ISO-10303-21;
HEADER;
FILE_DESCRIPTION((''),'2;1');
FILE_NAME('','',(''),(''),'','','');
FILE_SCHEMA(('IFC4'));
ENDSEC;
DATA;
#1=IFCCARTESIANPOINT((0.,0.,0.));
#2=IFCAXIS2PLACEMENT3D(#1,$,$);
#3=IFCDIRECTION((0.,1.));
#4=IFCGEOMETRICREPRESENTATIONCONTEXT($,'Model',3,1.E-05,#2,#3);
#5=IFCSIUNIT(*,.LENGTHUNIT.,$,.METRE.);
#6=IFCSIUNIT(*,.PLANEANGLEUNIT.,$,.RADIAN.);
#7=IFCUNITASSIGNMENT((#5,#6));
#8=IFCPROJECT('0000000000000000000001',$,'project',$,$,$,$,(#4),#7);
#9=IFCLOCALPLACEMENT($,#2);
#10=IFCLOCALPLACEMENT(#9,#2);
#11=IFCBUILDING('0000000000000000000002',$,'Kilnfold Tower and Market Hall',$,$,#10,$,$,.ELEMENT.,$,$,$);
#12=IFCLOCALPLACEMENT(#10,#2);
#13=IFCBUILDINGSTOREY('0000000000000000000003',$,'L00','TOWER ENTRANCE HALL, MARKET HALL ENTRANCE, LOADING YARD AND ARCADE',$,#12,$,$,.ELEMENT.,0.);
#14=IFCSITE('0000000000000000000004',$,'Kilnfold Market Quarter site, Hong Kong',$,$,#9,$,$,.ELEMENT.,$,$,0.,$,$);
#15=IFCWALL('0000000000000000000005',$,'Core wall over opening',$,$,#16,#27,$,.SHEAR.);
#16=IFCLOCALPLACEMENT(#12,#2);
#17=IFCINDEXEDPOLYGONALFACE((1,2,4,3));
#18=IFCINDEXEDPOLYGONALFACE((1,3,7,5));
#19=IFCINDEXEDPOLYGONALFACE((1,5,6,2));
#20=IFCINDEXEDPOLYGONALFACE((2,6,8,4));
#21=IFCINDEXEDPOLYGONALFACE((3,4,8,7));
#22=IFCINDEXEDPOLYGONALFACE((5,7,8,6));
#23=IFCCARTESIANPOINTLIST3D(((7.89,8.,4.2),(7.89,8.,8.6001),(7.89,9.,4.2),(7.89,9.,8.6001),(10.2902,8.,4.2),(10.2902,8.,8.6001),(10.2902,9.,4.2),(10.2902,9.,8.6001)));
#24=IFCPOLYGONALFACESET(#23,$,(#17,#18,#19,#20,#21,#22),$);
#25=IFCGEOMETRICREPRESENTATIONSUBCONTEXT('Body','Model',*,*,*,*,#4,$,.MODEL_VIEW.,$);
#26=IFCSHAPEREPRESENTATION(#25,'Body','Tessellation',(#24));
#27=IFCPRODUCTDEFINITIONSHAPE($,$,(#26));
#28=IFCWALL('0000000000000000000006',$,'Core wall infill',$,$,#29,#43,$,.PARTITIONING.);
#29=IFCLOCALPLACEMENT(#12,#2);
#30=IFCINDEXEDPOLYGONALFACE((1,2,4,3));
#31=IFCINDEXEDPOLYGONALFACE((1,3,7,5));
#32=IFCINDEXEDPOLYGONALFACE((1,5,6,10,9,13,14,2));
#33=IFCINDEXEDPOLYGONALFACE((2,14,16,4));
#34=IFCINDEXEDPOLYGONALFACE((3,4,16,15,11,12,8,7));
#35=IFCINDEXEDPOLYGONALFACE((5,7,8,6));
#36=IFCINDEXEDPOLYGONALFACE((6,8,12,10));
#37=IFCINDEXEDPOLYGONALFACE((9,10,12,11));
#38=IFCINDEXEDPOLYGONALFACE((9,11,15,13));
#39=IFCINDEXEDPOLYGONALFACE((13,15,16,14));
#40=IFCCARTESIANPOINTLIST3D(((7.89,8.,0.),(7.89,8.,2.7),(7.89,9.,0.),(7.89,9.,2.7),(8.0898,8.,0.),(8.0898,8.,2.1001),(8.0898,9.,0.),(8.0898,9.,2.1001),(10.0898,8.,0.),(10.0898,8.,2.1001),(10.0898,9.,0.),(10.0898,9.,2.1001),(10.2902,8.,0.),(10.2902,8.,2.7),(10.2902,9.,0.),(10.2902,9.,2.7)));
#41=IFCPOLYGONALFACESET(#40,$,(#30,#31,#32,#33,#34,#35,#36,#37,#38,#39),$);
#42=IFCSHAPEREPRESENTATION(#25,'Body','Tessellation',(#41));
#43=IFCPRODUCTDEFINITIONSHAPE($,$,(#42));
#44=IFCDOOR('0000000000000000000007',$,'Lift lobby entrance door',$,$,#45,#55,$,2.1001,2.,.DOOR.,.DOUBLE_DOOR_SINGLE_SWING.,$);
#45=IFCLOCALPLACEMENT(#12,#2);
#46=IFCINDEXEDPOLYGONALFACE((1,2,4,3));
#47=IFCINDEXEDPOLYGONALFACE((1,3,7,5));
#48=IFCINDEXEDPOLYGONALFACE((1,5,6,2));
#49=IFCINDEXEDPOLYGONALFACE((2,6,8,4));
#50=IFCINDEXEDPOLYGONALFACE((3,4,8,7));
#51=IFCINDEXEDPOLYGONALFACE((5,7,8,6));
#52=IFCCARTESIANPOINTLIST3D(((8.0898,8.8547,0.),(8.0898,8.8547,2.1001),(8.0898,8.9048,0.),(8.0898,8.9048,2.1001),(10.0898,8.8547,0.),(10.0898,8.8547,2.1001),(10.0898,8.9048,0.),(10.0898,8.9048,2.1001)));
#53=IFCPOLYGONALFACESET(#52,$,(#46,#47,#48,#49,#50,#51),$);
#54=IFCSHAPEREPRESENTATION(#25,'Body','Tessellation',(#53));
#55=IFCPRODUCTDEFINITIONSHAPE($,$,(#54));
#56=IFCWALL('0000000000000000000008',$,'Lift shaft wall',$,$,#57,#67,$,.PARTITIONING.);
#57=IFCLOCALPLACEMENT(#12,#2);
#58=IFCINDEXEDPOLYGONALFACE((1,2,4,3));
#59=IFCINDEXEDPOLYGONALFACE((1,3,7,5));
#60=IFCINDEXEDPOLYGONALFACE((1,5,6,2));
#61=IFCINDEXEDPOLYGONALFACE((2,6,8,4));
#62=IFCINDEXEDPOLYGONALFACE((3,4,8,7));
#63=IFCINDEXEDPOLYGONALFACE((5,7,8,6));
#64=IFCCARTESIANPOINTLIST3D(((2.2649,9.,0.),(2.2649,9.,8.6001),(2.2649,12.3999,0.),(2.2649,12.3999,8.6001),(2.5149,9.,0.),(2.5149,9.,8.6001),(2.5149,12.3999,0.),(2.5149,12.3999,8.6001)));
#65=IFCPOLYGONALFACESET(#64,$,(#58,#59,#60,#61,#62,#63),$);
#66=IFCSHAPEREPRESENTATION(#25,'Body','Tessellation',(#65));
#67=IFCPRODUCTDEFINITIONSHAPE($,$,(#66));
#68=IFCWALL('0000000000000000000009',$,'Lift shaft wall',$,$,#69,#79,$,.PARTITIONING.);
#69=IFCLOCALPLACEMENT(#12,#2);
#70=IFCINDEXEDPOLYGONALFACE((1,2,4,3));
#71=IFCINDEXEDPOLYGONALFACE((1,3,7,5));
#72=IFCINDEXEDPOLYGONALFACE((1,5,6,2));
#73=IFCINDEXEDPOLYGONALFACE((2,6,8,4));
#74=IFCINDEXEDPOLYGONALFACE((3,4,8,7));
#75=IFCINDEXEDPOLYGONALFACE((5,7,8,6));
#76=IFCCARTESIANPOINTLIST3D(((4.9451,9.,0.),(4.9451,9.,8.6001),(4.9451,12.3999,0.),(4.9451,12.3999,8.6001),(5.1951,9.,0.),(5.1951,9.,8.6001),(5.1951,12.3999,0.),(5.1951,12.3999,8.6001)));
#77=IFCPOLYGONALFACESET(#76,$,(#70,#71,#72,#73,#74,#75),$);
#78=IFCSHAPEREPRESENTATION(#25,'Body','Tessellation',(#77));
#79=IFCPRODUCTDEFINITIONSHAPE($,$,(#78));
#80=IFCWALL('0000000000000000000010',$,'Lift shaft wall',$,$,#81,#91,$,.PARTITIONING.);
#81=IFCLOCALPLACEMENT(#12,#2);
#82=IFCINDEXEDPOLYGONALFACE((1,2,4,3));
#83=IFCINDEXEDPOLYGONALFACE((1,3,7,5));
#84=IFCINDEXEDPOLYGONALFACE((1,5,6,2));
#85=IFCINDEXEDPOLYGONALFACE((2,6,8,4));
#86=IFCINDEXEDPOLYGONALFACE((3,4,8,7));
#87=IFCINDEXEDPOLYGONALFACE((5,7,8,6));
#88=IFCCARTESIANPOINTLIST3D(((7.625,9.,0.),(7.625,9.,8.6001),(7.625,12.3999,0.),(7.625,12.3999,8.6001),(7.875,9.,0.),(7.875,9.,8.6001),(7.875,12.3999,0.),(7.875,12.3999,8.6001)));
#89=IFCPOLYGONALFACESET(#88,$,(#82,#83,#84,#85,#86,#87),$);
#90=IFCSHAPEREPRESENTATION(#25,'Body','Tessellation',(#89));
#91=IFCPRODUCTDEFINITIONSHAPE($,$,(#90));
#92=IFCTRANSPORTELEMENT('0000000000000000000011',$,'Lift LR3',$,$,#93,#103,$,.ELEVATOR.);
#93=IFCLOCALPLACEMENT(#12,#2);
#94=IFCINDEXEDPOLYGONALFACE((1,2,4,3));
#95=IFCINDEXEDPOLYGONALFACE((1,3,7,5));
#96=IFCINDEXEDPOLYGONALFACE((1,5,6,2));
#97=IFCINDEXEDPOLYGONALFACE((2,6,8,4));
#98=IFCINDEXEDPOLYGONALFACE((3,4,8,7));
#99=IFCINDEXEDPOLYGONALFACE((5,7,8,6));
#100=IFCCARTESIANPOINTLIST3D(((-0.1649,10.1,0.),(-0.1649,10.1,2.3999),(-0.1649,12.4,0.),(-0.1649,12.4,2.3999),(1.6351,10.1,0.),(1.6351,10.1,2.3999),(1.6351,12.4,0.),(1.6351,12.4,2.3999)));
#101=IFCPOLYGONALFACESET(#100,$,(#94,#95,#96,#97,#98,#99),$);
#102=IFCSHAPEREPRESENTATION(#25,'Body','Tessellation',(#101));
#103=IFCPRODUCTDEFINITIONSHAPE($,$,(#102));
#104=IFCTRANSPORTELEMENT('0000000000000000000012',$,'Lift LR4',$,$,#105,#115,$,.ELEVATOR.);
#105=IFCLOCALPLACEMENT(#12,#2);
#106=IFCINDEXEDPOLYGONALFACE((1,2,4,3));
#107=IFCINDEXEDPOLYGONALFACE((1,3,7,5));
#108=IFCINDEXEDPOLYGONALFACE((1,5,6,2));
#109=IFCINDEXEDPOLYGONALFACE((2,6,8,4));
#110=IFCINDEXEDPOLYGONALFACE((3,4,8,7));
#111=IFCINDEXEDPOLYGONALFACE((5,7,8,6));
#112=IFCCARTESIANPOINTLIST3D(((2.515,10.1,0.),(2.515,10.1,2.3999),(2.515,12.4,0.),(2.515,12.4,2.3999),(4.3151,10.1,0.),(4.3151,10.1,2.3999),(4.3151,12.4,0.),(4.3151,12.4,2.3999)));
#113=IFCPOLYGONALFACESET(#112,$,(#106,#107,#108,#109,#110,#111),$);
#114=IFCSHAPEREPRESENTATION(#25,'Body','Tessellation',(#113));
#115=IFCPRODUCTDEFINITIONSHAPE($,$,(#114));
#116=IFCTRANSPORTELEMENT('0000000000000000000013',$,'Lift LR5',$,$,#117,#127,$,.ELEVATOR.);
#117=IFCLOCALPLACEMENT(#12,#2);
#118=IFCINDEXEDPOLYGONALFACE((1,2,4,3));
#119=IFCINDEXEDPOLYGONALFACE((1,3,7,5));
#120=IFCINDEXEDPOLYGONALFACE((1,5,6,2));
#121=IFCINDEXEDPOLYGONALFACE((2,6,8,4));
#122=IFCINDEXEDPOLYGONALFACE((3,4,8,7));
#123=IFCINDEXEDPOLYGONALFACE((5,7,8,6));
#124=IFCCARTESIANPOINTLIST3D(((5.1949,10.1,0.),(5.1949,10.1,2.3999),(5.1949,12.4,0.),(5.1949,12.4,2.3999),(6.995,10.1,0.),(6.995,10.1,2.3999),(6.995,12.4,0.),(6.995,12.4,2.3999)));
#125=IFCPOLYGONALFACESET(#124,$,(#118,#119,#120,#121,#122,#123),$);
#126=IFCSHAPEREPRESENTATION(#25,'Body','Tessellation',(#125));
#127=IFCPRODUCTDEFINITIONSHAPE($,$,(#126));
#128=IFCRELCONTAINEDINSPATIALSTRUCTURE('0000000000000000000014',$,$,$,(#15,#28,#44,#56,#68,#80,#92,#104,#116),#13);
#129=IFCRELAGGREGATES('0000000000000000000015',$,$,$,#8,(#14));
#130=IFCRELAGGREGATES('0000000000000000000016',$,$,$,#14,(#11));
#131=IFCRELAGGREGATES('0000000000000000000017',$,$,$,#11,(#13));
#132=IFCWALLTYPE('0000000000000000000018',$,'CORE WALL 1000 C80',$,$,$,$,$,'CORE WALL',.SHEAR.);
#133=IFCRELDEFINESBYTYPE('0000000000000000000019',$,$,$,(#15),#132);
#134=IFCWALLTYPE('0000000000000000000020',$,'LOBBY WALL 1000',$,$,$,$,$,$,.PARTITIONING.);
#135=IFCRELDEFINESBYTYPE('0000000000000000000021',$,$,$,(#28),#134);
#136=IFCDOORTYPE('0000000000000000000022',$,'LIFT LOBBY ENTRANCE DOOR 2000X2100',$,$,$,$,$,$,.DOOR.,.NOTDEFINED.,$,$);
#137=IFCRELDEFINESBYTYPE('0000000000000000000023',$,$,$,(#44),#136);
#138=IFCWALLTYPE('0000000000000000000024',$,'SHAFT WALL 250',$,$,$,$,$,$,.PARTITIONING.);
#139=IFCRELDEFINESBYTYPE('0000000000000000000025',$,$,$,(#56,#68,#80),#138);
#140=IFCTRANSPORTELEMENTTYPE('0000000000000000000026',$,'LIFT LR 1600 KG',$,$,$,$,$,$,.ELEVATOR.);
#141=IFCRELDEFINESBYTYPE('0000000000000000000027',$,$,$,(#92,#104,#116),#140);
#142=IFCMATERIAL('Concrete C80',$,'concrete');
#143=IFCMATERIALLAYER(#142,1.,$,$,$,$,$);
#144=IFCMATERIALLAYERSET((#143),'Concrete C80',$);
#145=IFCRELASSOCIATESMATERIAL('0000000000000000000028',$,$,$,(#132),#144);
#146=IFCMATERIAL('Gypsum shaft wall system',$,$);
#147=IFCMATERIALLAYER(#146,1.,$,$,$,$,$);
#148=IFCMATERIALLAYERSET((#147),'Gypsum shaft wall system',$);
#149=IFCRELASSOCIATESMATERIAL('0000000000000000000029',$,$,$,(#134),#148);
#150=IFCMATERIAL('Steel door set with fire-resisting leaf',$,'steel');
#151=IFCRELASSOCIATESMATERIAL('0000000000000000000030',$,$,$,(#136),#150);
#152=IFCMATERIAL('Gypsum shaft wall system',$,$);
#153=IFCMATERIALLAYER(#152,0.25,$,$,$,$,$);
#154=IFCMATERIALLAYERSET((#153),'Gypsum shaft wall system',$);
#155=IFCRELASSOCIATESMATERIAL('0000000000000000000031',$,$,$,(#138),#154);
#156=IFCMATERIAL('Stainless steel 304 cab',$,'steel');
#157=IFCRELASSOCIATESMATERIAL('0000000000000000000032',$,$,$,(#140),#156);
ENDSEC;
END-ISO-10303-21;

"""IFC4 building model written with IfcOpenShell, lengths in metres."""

from ifc_helpers import new_model, si_unit, direction, frame, frame_2d, origin, origin_2d, place, context, subcontext, project, spatial, rectangle, extrude, source, transform, mapped, material, layer, layer_set, type_object, element, fill, save


model = new_model("IFC4")

# Units and contexts
model_context = context("Model", 3, precision=1e-05, world=origin(), true_north=direction((0.0, 1.0)))
body_context = subcontext(model_context, "Body", "Model", "MODEL_VIEW")
ifc_project = project(units=[si_unit("LENGTHUNIT", "METRE"), si_unit("PLANEANGLEUNIT", "RADIAN")], contexts=[model_context])

# Site, building, storey
site_placement = place(None, origin())
site = spatial("IfcSite", under=ifc_project, at=site_placement, Name="Kilnfold Market Quarter site, Hong Kong", CompositionType="ELEMENT", RefElevation=0.0)
building_placement = place(site_placement, origin())
building = spatial("IfcBuilding", under=site, at=building_placement, Name="Kilnfold Tower and Market Hall", CompositionType="ELEMENT")
storey_placement = place(building_placement, origin())
storey = spatial("IfcBuildingStorey", under=building, at=storey_placement, Name="L00", Description="TOWER ENTRANCE HALL, MARKET HALL ENTRANCE, LOADING YARD AND ARCADE", CompositionType="ELEMENT", Elevation=0.0)

# Wall
ifc_material_1 = material(Name="Concrete C80", Category="concrete")
ifc_layer_1 = layer(ifc_material_1, 1.0)
ifc_layer_set_1 = layer_set([ifc_layer_1], Name="Concrete C80")
wall_type_1 = type_object("IfcWallType", Name="CORE WALL 1000 C80", ElementType="CORE WALL", PredefinedType="SHEAR", material=ifc_layer_set_1)
shared_shape_1 = source(origin(), body_context, "Body", "SweptSolid", [
    extrude(rectangle(XDim=2.4001, YDim=1.0, at=frame_2d((1.2002, 0.0))), origin(), (0.0, 0.0, 1.0), 4.4001),
])
wall_1_placement = place(storey_placement, frame((7.8899, 8.5, 4.2), z_axis=(0.0, 0.0, 1.0), x_axis=(1.0, 0.0, 0.0)))
element("IfcWall", 1, at=wall_1_placement, inside=storey, type_object=wall_type_1, Name="Core wall over opening", PredefinedType="SHEAR", context=body_context, shape_type="MappedRepresentation", body=[
    mapped(shared_shape_1, transform((0.0, 0.0, 0.0))),
])

# Wall, opening, door
ifc_material_2 = material(Name="Gypsum shaft wall system")
ifc_layer_2 = layer(ifc_material_2, 1.0)
ifc_layer_set_2 = layer_set([ifc_layer_2], Name="Gypsum shaft wall system")
wall_type_2 = type_object("IfcWallType", Name="LOBBY WALL 1000", PredefinedType="PARTITIONING", material=ifc_layer_set_2)
shared_shape_2 = source(origin(), body_context, "Body", "SweptSolid", [
    extrude(rectangle(XDim=2.4001, YDim=1.0, at=frame_2d((1.2002, 0.0))), origin(), (0.0, 0.0, 1.0), 2.7),
])
wall_2_placement = place(storey_placement, frame((7.8899, 8.5, 0.0), z_axis=(0.0, 0.0, 1.0), x_axis=(1.0, 0.0, 0.0)))
wall_2 = element("IfcWall", 2, at=wall_2_placement, inside=storey, type_object=wall_type_2, Name="Core wall infill", PredefinedType="PARTITIONING", context=body_context, shape_type="MappedRepresentation", body=[
    mapped(shared_shape_2, transform((0.0, 0.0, 0.0))),
])
opening_placement = place(wall_2_placement, frame((0.2, 0.0, 0.0)))
opening = element("IfcOpeningElement", 3, at=opening_placement, cuts=wall_2, PredefinedType="OPENING", context=body_context, shape_type="SweptSolid", body=[
    extrude(rectangle(XDim=2.0, YDim=2.1001, at=frame_2d((1.0, 1.05))), frame((0.0, 0.51, 0.0), z_axis=(0.0, -1.0, 0.0), x_axis=(1.0, 0.0, 0.0)), (0.0, 0.0, 1.0), 1.02),
])
ifc_material_3 = material(Name="Steel door set with fire-resisting leaf", Category="steel")
door_type = type_object("IfcDoorType", Name="LIFT LOBBY ENTRANCE DOOR 2000X2100", OperationType="NOTDEFINED", PredefinedType="DOOR", material=ifc_material_3)
door_placement = place(opening_placement, origin())
door = element("IfcDoor", 4, at=door_placement, inside=storey, type_object=door_type, Name="Lift lobby entrance door", OperationType="DOUBLE_DOOR_SINGLE_SWING", OverallHeight=2.1001, OverallWidth=2.0, PredefinedType="DOOR", context=body_context, shape_type="SweptSolid", body=[
    extrude(rectangle(XDim=2.0, YDim=2.1001, at=frame_2d((1.0, 1.05))), frame((0.0, 0.4048, 0.0), z_axis=(0.0, -1.0, 0.0), x_axis=(1.0, 0.0, 0.0)), (0.0, 0.0, 1.0), 0.05),
])
fill(opening, door)

# Walls
ifc_material_4 = material(Name="Gypsum shaft wall system")
ifc_layer_3 = layer(ifc_material_4, 0.25)
ifc_layer_set_3 = layer_set([ifc_layer_3], Name="Gypsum shaft wall system")
wall_type_3 = type_object("IfcWallType", Name="SHAFT WALL 250", PredefinedType="PARTITIONING", material=ifc_layer_set_3)
shared_shape_3 = source(origin(), body_context, "Body", "SweptSolid", [
    extrude(rectangle(XDim=3.3999, YDim=0.25, at=frame_2d((1.7, 0.0))), origin(), (0.0, 0.0, 1.0), 8.6001),
])
for number, where, z_axis, x_axis, name in (
    (5, (2.3899, 9.0, 0.0), (0.0, 0.0, 1.0), (0.0, 1.0, 0.0), "Lift shaft wall"),
    (6, (5.0701, 9.0, 0.0), (0.0, 0.0, 1.0), (0.0, 1.0, 0.0), "Lift shaft wall"),
    (7, (7.75, 9.0, 0.0), (0.0, 0.0, 1.0), (0.0, 1.0, 0.0), "Lift shaft wall"),
):
    element("IfcWall", number, at=place(storey_placement, frame(where, z_axis=z_axis, x_axis=x_axis)), inside=storey, type_object=wall_type_3, Name=name, PredefinedType="PARTITIONING", context=body_context, shape_type="MappedRepresentation", body=[
        mapped(shared_shape_3, transform((0.0, 0.0, 0.0))),
    ])

# Transport elements
ifc_material_5 = material(Name="Stainless steel 304 cab", Category="steel")
transport_element_type = type_object("IfcTransportElementType", Name="LIFT LR 1600 KG", PredefinedType="ELEVATOR", material=ifc_material_5)
shared_shape_4 = source(origin(), body_context, "Body", "SweptSolid", [
    extrude(rectangle(XDim=1.8, YDim=2.3, at=origin_2d()), origin(), (0.0, 0.0, 1.0), 2.3999),
])
for number, where, z_axis, x_axis, name in (
    (8, (0.7351, 11.25, 0.0), (0.0, 0.0, 1.0), (1.0, 0.0, 0.0), "Lift LR3"),
    (9, (3.415, 11.25, 0.0), (0.0, 0.0, 1.0), (1.0, 0.0, 0.0), "Lift LR4"),
    (10, (6.095, 11.25, 0.0), (0.0, 0.0, 1.0), (1.0, 0.0, 0.0), "Lift LR5"),
):
    element("IfcTransportElement", number, at=place(storey_placement, frame(where, z_axis=z_axis, x_axis=x_axis)), inside=storey, type_object=transport_element_type, Name=name, PredefinedType="ELEVATOR", context=body_context, shape_type="MappedRepresentation", body=[
        mapped(shared_shape_4, transform((0.0, 0.0, 0.0))),
    ])

save(model, "model.ifc")
